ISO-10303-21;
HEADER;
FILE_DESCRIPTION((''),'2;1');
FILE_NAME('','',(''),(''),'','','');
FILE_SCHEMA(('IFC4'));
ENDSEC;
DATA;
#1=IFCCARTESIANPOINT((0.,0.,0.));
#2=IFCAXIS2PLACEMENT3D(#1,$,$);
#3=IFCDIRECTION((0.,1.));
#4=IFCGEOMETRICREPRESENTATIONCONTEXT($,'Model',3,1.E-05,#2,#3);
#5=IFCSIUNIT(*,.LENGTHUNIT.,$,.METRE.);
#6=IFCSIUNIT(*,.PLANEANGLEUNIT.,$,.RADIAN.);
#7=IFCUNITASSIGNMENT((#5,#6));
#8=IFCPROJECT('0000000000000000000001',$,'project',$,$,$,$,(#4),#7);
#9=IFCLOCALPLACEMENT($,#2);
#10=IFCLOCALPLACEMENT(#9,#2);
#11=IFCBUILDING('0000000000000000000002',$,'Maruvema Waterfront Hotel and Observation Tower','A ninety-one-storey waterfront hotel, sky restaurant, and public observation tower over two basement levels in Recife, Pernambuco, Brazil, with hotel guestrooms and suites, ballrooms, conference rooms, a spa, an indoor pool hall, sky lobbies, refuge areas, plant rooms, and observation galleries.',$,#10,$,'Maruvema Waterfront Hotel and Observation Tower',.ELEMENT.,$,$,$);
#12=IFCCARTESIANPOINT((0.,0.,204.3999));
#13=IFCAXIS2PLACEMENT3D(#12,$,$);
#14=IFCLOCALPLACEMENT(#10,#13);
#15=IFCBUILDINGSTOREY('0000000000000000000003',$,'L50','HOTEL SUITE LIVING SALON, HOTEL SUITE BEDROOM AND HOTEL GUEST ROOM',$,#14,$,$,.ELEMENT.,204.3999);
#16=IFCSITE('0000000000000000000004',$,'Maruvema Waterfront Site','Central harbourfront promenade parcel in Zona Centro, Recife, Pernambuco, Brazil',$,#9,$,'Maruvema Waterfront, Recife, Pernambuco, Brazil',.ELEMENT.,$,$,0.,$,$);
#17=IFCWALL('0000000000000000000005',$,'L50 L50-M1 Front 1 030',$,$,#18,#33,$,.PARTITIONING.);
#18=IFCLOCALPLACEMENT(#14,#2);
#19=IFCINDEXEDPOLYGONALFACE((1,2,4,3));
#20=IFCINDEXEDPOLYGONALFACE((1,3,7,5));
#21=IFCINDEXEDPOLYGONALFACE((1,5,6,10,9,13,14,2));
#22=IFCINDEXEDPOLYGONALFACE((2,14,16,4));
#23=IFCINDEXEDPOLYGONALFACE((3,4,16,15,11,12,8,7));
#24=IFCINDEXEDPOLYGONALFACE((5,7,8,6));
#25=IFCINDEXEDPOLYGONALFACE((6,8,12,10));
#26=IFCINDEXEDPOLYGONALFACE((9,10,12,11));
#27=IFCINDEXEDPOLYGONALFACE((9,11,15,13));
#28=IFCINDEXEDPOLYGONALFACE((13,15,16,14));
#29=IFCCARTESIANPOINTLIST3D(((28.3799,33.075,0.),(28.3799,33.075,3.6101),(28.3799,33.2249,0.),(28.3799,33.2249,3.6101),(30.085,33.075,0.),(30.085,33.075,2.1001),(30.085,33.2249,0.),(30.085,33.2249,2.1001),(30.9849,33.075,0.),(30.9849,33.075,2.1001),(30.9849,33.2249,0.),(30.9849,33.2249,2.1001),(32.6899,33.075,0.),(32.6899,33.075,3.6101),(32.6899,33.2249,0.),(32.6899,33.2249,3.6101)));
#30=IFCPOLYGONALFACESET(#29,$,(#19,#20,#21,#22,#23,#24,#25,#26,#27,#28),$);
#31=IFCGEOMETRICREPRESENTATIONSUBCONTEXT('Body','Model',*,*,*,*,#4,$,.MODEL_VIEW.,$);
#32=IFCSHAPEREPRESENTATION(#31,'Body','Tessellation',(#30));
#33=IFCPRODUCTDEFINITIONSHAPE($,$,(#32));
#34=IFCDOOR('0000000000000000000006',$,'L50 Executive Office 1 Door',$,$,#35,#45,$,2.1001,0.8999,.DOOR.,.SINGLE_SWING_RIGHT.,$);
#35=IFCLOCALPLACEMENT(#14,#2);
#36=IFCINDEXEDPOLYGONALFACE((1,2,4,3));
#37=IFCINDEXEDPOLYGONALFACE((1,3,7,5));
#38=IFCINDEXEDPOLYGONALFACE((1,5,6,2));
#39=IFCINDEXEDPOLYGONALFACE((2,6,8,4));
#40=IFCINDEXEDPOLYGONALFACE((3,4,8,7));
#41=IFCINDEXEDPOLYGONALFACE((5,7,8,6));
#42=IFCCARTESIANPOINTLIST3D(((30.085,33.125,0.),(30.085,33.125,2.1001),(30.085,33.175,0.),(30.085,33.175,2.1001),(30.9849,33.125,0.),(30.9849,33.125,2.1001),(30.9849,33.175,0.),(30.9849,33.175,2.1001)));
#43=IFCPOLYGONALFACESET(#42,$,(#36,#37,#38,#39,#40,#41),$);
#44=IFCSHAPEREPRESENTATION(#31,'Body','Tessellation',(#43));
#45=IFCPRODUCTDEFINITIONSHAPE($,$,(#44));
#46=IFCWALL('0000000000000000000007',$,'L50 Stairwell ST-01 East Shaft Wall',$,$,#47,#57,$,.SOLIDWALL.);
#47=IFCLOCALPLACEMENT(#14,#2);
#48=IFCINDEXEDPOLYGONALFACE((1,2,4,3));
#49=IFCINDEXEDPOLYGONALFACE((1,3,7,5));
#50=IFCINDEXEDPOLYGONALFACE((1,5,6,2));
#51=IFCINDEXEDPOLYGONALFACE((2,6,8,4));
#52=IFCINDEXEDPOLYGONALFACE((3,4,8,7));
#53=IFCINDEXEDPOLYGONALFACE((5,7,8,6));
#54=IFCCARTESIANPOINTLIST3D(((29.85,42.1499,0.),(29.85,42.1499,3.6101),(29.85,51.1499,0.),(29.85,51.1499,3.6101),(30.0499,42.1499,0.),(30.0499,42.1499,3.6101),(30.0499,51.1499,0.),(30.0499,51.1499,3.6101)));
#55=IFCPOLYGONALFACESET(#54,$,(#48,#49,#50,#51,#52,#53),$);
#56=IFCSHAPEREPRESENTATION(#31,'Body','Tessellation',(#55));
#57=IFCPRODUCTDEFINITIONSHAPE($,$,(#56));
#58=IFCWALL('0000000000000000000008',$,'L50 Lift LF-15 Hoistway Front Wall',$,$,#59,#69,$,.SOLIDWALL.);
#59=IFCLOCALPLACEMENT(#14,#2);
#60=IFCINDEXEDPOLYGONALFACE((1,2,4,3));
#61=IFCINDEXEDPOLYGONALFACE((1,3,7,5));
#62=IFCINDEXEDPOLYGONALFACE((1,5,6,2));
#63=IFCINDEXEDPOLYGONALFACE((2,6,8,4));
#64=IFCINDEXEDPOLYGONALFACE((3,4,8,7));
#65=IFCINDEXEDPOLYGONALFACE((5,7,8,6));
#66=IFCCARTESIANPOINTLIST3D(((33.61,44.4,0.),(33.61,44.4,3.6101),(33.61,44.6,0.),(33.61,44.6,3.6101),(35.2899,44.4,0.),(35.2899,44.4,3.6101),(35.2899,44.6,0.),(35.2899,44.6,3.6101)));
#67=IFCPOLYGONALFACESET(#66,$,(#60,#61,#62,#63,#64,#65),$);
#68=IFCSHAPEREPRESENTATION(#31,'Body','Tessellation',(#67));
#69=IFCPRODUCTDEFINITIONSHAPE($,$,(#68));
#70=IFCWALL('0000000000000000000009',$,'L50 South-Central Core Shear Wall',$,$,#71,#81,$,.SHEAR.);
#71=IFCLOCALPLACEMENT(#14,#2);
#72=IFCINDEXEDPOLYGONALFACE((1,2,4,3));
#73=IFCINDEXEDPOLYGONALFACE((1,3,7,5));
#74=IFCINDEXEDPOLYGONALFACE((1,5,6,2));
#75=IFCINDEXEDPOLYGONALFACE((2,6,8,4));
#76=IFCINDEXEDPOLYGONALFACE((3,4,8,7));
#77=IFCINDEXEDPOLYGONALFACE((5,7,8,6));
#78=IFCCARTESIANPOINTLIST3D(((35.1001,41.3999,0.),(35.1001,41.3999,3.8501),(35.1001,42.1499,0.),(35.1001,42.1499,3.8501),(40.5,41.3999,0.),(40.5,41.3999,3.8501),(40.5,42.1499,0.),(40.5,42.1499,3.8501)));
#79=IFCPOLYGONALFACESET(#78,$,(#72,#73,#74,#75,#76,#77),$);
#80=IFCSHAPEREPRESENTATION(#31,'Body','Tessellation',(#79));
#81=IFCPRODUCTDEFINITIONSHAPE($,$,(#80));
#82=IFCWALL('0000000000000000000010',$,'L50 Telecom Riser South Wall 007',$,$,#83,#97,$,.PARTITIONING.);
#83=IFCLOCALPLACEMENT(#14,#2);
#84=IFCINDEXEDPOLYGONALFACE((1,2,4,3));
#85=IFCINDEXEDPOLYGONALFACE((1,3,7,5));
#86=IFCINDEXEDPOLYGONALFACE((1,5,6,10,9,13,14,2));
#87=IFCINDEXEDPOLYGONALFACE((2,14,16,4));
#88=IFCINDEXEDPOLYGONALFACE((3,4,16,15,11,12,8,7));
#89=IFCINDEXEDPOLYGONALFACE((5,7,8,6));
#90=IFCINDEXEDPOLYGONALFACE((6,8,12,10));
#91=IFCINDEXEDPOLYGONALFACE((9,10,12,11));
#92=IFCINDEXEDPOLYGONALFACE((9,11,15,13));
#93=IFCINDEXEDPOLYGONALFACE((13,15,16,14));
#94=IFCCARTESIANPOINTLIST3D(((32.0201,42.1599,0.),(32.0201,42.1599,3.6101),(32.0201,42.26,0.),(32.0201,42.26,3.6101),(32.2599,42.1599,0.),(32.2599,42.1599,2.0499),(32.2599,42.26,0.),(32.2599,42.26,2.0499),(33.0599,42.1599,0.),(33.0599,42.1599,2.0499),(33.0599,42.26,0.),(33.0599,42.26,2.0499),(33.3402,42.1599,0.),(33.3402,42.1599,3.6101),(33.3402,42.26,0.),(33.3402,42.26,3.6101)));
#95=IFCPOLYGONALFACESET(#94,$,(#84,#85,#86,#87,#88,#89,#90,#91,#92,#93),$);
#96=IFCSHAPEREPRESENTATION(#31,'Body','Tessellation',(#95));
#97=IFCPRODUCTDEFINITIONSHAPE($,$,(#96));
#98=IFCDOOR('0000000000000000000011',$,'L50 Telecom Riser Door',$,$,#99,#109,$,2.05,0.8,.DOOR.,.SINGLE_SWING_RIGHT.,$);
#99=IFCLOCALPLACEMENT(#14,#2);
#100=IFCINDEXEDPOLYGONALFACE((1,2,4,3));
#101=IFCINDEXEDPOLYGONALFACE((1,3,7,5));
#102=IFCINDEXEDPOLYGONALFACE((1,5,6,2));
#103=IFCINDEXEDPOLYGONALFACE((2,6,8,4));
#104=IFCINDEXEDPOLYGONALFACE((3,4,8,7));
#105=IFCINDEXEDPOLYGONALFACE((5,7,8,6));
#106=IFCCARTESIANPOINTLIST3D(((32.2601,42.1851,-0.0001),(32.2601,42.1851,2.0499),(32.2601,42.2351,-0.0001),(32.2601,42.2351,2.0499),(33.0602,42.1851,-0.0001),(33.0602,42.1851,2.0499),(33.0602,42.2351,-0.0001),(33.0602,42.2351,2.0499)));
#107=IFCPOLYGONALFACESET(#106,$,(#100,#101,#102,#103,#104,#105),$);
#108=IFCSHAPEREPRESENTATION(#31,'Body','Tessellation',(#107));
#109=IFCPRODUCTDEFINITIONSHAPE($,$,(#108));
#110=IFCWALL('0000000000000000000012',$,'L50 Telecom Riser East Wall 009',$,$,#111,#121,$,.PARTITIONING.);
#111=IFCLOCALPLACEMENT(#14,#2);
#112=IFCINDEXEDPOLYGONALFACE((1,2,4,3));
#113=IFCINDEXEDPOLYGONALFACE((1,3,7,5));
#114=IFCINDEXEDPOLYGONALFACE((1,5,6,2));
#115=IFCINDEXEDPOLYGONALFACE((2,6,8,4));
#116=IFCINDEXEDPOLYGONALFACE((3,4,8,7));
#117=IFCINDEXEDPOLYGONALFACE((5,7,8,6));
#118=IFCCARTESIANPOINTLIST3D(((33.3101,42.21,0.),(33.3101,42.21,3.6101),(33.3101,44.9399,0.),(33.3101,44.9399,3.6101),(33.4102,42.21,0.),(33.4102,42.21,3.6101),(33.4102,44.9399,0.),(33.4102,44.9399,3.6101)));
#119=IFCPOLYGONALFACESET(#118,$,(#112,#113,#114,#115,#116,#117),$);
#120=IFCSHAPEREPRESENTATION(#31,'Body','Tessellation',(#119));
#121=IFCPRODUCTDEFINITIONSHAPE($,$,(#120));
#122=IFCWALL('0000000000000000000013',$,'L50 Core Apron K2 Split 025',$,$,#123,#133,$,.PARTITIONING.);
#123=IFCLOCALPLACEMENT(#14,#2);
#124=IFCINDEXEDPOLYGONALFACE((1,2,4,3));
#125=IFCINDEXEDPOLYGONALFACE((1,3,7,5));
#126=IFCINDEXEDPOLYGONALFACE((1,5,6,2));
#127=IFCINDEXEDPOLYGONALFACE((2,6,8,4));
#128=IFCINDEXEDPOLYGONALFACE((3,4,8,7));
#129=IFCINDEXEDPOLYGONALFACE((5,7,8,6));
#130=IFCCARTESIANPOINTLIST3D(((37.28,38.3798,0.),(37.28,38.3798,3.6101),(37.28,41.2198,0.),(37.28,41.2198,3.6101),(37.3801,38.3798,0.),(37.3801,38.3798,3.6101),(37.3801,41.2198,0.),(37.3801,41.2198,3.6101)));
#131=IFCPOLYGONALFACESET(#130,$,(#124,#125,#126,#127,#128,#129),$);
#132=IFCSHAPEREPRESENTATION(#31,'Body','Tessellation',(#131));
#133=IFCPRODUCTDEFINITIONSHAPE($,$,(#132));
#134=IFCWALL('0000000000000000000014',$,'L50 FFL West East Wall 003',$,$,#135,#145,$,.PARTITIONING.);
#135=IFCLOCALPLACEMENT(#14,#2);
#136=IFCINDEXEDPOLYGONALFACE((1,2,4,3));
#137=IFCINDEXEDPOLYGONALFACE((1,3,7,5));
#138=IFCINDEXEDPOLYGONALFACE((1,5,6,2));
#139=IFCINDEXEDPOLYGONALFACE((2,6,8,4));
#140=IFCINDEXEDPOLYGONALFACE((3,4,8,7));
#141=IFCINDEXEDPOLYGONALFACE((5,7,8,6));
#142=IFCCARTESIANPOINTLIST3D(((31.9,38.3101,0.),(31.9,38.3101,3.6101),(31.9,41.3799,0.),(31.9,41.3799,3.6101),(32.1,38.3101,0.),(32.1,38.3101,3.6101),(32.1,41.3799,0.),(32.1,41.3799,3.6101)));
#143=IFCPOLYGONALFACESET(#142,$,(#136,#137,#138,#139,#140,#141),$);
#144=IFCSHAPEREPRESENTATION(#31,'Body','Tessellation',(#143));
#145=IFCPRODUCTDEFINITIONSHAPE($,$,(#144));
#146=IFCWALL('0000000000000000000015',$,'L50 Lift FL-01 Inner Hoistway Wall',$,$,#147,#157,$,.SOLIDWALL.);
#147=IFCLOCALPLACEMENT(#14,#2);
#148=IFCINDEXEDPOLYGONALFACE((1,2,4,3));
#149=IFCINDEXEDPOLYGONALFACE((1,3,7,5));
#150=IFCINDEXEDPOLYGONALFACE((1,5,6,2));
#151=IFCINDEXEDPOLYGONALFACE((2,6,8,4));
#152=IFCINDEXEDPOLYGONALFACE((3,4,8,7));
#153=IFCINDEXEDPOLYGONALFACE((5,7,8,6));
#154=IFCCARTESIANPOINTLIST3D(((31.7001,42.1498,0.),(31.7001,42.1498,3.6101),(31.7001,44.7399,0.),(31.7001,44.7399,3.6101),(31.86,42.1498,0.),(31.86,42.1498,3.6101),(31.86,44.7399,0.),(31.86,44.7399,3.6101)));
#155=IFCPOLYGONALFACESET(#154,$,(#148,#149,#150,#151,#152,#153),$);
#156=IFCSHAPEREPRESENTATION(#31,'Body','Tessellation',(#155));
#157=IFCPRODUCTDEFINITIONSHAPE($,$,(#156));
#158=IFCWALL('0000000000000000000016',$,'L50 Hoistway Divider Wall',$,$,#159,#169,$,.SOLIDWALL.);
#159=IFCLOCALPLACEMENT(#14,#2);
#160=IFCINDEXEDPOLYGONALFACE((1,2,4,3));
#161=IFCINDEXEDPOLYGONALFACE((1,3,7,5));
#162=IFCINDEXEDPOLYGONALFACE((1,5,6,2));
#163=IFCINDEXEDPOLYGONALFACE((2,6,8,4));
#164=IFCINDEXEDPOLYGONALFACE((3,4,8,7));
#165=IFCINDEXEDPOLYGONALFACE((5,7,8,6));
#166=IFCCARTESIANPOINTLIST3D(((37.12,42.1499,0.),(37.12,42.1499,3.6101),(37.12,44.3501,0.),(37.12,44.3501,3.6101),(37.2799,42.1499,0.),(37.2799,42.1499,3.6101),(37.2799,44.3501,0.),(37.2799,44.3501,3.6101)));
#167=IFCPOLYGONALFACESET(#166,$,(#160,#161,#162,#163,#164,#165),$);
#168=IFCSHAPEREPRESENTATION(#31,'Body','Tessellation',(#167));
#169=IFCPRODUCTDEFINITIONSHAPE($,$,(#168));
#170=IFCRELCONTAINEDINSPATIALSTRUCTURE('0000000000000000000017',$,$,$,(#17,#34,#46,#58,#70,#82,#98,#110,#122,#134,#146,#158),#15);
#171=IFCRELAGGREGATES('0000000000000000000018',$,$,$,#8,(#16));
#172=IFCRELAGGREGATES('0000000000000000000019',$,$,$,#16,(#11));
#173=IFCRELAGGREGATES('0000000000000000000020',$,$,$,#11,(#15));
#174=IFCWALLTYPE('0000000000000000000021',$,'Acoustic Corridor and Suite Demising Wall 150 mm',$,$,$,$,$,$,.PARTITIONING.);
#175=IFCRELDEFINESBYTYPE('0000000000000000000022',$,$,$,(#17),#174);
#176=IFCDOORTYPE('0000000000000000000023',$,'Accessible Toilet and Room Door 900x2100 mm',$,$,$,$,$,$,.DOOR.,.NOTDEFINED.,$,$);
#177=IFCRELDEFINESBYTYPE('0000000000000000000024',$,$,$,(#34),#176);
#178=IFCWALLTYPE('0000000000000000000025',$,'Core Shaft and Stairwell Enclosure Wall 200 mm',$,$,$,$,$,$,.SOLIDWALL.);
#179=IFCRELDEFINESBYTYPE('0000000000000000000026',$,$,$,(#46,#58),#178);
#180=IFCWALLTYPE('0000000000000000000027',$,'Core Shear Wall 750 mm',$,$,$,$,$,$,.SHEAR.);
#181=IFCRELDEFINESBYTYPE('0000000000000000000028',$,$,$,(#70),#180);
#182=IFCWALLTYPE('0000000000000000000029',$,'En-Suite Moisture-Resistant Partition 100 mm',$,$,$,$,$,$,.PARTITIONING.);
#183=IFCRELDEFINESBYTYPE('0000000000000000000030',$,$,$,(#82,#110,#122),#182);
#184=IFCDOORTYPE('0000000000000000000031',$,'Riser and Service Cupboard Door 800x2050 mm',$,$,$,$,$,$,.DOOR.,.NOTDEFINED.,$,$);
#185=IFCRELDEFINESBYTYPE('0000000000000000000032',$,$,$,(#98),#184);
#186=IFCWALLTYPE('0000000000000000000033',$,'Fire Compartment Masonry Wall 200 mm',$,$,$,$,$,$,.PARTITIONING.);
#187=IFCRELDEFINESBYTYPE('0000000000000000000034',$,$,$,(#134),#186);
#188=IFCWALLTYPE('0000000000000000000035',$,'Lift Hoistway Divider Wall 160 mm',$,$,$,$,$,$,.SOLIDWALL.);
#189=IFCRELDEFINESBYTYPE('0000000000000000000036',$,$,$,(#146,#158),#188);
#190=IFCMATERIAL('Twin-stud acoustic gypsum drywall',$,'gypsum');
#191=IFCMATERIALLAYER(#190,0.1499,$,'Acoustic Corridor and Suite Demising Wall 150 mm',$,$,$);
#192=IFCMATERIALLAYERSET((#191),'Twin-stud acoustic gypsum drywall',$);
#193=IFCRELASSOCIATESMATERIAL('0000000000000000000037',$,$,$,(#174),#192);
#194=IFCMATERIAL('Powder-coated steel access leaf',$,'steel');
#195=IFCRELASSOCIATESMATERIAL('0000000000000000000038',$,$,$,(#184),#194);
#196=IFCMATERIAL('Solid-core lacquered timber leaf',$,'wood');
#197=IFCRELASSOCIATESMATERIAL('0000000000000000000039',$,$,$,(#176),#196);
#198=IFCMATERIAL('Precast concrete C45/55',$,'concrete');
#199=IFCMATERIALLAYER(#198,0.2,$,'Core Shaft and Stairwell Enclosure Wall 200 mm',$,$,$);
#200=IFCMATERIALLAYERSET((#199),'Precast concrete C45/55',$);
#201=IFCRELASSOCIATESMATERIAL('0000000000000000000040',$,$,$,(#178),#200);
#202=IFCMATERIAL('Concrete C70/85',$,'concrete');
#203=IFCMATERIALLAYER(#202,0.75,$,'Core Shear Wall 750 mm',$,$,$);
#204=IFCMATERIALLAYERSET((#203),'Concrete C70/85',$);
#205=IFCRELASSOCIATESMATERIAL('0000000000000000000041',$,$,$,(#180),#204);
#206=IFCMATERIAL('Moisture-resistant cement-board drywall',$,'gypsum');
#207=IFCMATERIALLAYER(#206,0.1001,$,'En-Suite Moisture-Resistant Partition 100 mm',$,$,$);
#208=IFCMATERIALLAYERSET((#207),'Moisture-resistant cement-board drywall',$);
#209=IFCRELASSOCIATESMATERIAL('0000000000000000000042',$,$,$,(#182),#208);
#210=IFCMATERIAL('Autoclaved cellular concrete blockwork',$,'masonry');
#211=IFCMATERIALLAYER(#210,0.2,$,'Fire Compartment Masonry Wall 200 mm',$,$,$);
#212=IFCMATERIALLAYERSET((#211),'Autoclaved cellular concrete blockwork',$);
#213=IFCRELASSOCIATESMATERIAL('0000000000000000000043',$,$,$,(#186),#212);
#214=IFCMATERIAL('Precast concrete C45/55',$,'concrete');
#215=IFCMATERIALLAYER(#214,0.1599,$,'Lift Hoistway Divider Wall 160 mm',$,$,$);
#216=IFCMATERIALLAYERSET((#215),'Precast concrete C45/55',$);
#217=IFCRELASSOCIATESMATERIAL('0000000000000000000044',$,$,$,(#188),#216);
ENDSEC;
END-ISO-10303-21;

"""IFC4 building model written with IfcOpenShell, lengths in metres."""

from ifc_helpers import new_model, si_unit, direction, frame, frame_2d, origin, place, context, subcontext, project, spatial, rectangle, extrude, material, layer, layer_set, type_object, element, fill, save


model = new_model("IFC4")

# Units and contexts
model_context = context("Model", 3, precision=1e-05, world=origin(), true_north=direction((0.0, 1.0)))
body_context = subcontext(model_context, "Body", "Model", "MODEL_VIEW")
ifc_project = project(units=[si_unit("LENGTHUNIT", "METRE"), si_unit("PLANEANGLEUNIT", "RADIAN")], contexts=[model_context])

# Site, building, storey
site_placement = place(None, origin())
site = spatial("IfcSite", under=ifc_project, at=site_placement, Name="Maruvema Waterfront Site", Description="Central harbourfront promenade parcel in Zona Centro, Recife, Pernambuco, Brazil", LongName="Maruvema Waterfront, Recife, Pernambuco, Brazil", CompositionType="ELEMENT", RefElevation=0.0)
building_placement = place(site_placement, origin())
building = spatial("IfcBuilding", under=site, at=building_placement, Name="Maruvema Waterfront Hotel and Observation Tower", Description="A ninety-one-storey waterfront hotel, sky restaurant, and public observation tower over two basement levels in Recife, Pernambuco, Brazil, with hotel guestrooms and suites, ballrooms, conference rooms, a spa, an indoor pool hall, sky lobbies, refuge areas, plant rooms, and observation galleries.", LongName="Maruvema Waterfront Hotel and Observation Tower", CompositionType="ELEMENT")
storey_placement = place(building_placement, frame((0.0, 0.0, 204.3999)))
storey = spatial("IfcBuildingStorey", under=building, at=storey_placement, Name="L50", Description="HOTEL SUITE LIVING SALON, HOTEL SUITE BEDROOM AND HOTEL GUEST ROOM", CompositionType="ELEMENT", Elevation=204.3999)

# Shared definitions
ifc_material_1 = material(Name="Twin-stud acoustic gypsum drywall", Category="gypsum")
ifc_layer_1 = layer(ifc_material_1, 0.1499, Name="Acoustic Corridor and Suite Demising Wall 150 mm")
ifc_layer_set_1 = layer_set([ifc_layer_1], Name="Twin-stud acoustic gypsum drywall")
wall_type_1 = type_object("IfcWallType", Name="Acoustic Corridor and Suite Demising Wall 150 mm", PredefinedType="PARTITIONING", material=ifc_layer_set_1)
ifc_material_2 = material(Name="Powder-coated steel access leaf", Category="steel")
door_type_1 = type_object("IfcDoorType", Name="Riser and Service Cupboard Door 800x2050 mm", OperationType="NOTDEFINED", PredefinedType="DOOR", material=ifc_material_2)

# Wall, opening, door
wall_1_placement = place(storey_placement, frame((28.3799, 33.1499, 0.0), z_axis=(0.0, 0.0, 1.0), x_axis=(1.0, 0.0, 0.0)))
wall_1 = element("IfcWall", 1, at=wall_1_placement, inside=storey, type_object=wall_type_1, Name="L50 L50-M1 Front 1 030", PredefinedType="PARTITIONING", context=body_context, shape_type="SweptSolid", body=[
    extrude(rectangle(XDim=4.3101, YDim=0.1499, at=frame_2d((2.155, 0.0))), origin(), (0.0, 0.0, 1.0), 3.6101),
])
opening_1_placement = place(wall_1_placement, frame((1.7051, 0.0, 0.0)))
opening_1 = element("IfcOpeningElement", 2, at=opening_1_placement, cuts=wall_1, PredefinedType="OPENING", context=body_context, shape_type="SweptSolid", body=[
    extrude(rectangle(XDim=0.8999, YDim=2.1001, at=frame_2d((0.45, 1.05))), frame((0.0, 0.085, 0.0), z_axis=(0.0, -1.0, 0.0), x_axis=(1.0, 0.0, 0.0)), (0.0, 0.0, 1.0), 0.1699),
])
ifc_material_3 = material(Name="Solid-core lacquered timber leaf", Category="wood")
door_type_2 = type_object("IfcDoorType", Name="Accessible Toilet and Room Door 900x2100 mm", OperationType="NOTDEFINED", PredefinedType="DOOR", material=ifc_material_3)
door_1_placement = place(opening_1_placement, frame((0.8999, 0.0, 0.0), z_axis=(0.0, 0.0, 1.0), x_axis=(-1.0, 0.0, 0.0)))
door_1 = element("IfcDoor", 3, at=door_1_placement, inside=storey, type_object=door_type_2, Name="L50 Executive Office 1 Door", OperationType="SINGLE_SWING_RIGHT", OverallHeight=2.1001, OverallWidth=0.8999, PredefinedType="DOOR", context=body_context, shape_type="SweptSolid", body=[
    extrude(rectangle(XDim=0.8999, YDim=2.1001, at=frame_2d((0.45, 1.05))), frame((0.0, 0.0249, 0.0), z_axis=(0.0, -1.0, 0.0), x_axis=(1.0, 0.0, 0.0)), (0.0, 0.0, 1.0), 0.05),
])
fill(opening_1, door_1)

# Walls
ifc_material_4 = material(Name="Precast concrete C45/55", Category="concrete")
ifc_layer_2 = layer(ifc_material_4, 0.2, Name="Core Shaft and Stairwell Enclosure Wall 200 mm")
ifc_layer_set_2 = layer_set([ifc_layer_2], Name="Precast concrete C45/55")
wall_type_2 = type_object("IfcWallType", Name="Core Shaft and Stairwell Enclosure Wall 200 mm", PredefinedType="SOLIDWALL", material=ifc_layer_set_2)
wall_2_placement = place(storey_placement, frame((29.95, 42.1499, 0.0), z_axis=(0.0, 0.0, 1.0), x_axis=(0.0, 1.0, 0.0)))
element("IfcWall", 4, at=wall_2_placement, inside=storey, type_object=wall_type_2, Name="L50 Stairwell ST-01 East Shaft Wall", PredefinedType="SOLIDWALL", context=body_context, shape_type="SweptSolid", body=[
    extrude(rectangle(XDim=9.0, YDim=0.2, at=frame_2d((4.5, 0.0))), origin(), (0.0, 0.0, 1.0), 3.6101),
])
wall_3_placement = place(storey_placement, frame((33.6101, 44.5, 0.0), z_axis=(0.0, 0.0, 1.0), x_axis=(1.0, 0.0, 0.0)))
element("IfcWall", 5, at=wall_3_placement, inside=storey, type_object=wall_type_2, Name="L50 Lift LF-15 Hoistway Front Wall", PredefinedType="SOLIDWALL", context=body_context, shape_type="SweptSolid", body=[
    extrude(rectangle(XDim=1.6799, YDim=0.2, at=frame_2d((0.8398, 0.0))), origin(), (0.0, 0.0, 1.0), 3.6101),
])
ifc_material_5 = material(Name="Concrete C70/85", Category="concrete")
ifc_layer_3 = layer(ifc_material_5, 0.75, Name="Core Shear Wall 750 mm")
ifc_layer_set_3 = layer_set([ifc_layer_3], Name="Concrete C70/85")
wall_type_3 = type_object("IfcWallType", Name="Core Shear Wall 750 mm", PredefinedType="SHEAR", material=ifc_layer_set_3)
wall_4_placement = place(storey_placement, frame((35.1001, 41.7749, 0.0), z_axis=(0.0, 0.0, 1.0), x_axis=(1.0, 0.0, 0.0)))
element("IfcWall", 6, at=wall_4_placement, inside=storey, type_object=wall_type_3, Name="L50 South-Central Core Shear Wall", PredefinedType="SHEAR", context=body_context, shape_type="SweptSolid", body=[
    extrude(rectangle(XDim=5.3999, YDim=0.75, at=frame_2d((2.7, 0.0))), origin(), (0.0, 0.0, 1.0), 3.8501),
])

# Wall, opening, door
ifc_material_6 = material(Name="Moisture-resistant cement-board drywall", Category="gypsum")
ifc_layer_4 = layer(ifc_material_6, 0.1001, Name="En-Suite Moisture-Resistant Partition 100 mm")
ifc_layer_set_4 = layer_set([ifc_layer_4], Name="Moisture-resistant cement-board drywall")
wall_type_4 = type_object("IfcWallType", Name="En-Suite Moisture-Resistant Partition 100 mm", PredefinedType="PARTITIONING", material=ifc_layer_set_4)
wall_5_placement = place(storey_placement, frame((32.02, 42.21, 0.0), z_axis=(0.0, 0.0, 1.0), x_axis=(1.0, 0.0, 0.0)))
wall_5 = element("IfcWall", 7, at=wall_5_placement, inside=storey, type_object=wall_type_4, Name="L50 Telecom Riser South Wall 007", PredefinedType="PARTITIONING", context=body_context, shape_type="SweptSolid", body=[
    extrude(rectangle(XDim=1.3201, YDim=0.1001, at=frame_2d((0.6602, 0.0))), origin(), (0.0, 0.0, 1.0), 3.6101),
])
opening_2_placement = place(wall_5_placement, frame((0.24, 0.0, 0.0)))
opening_2 = element("IfcOpeningElement", 8, at=opening_2_placement, cuts=wall_5, PredefinedType="OPENING", context=body_context, shape_type="SweptSolid", body=[
    extrude(rectangle(XDim=0.8, YDim=2.05, at=frame_2d((0.3999, 1.0249))), frame((0.0, 0.0601, 0.0), z_axis=(0.0, -1.0, 0.0), x_axis=(1.0, 0.0, 0.0)), (0.0, 0.0, 1.0), 0.1201),
])
door_2_placement = place(opening_2_placement, frame((0.8, 0.0, 0.0), z_axis=(0.0, 0.0, 1.0), x_axis=(-1.0, 0.0, 0.0)))
door_2 = element("IfcDoor", 9, at=door_2_placement, inside=storey, type_object=door_type_1, Name="L50 Telecom Riser Door", OperationType="SINGLE_SWING_RIGHT", OverallHeight=2.05, OverallWidth=0.8, PredefinedType="DOOR", context=body_context, shape_type="SweptSolid", body=[
    extrude(rectangle(XDim=0.8, YDim=2.05, at=frame_2d((0.3999, 1.0249))), frame((0.0, 0.0249, 0.0), z_axis=(0.0, -1.0, 0.0), x_axis=(1.0, 0.0, 0.0)), (0.0, 0.0, 1.0), 0.05),
])
fill(opening_2, door_2)

# Walls
wall_6_placement = place(storey_placement, frame((33.3601, 42.21, 0.0), z_axis=(0.0, 0.0, 1.0), x_axis=(0.0, 1.0, 0.0)))
element("IfcWall", 10, at=wall_6_placement, inside=storey, type_object=wall_type_4, Name="L50 Telecom Riser East Wall 009", PredefinedType="PARTITIONING", context=body_context, shape_type="SweptSolid", body=[
    extrude(rectangle(XDim=2.73, YDim=0.1001, at=frame_2d((1.365, 0.0))), origin(), (0.0, 0.0, 1.0), 3.6101),
])
wall_7_placement = place(storey_placement, frame((37.3301, 38.3799, 0.0), z_axis=(0.0, 0.0, 1.0), x_axis=(0.0, 1.0, 0.0)))
element("IfcWall", 11, at=wall_7_placement, inside=storey, type_object=wall_type_4, Name="L50 Core Apron K2 Split 025", PredefinedType="PARTITIONING", context=body_context, shape_type="SweptSolid", body=[
    extrude(rectangle(XDim=2.8401, YDim=0.1001, at=frame_2d((1.4199, 0.0))), origin(), (0.0, 0.0, 1.0), 3.6101),
])
ifc_material_7 = material(Name="Autoclaved cellular concrete blockwork", Category="masonry")
ifc_layer_5 = layer(ifc_material_7, 0.2, Name="Fire Compartment Masonry Wall 200 mm")
ifc_layer_set_5 = layer_set([ifc_layer_5], Name="Autoclaved cellular concrete blockwork")
wall_type_5 = type_object("IfcWallType", Name="Fire Compartment Masonry Wall 200 mm", PredefinedType="PARTITIONING", material=ifc_layer_set_5)
wall_8_placement = place(storey_placement, frame((32.0, 38.3101, 0.0), z_axis=(0.0, 0.0, 1.0), x_axis=(0.0, 1.0, 0.0)))
element("IfcWall", 12, at=wall_8_placement, inside=storey, type_object=wall_type_5, Name="L50 FFL West East Wall 003", PredefinedType="PARTITIONING", context=body_context, shape_type="SweptSolid", body=[
    extrude(rectangle(XDim=3.0698, YDim=0.2, at=frame_2d((1.5349, 0.0))), origin(), (0.0, 0.0, 1.0), 3.6101),
])
ifc_material_8 = material(Name="Precast concrete C45/55", Category="concrete")
ifc_layer_6 = layer(ifc_material_8, 0.1599, Name="Lift Hoistway Divider Wall 160 mm")
ifc_layer_set_6 = layer_set([ifc_layer_6], Name="Precast concrete C45/55")
wall_type_6 = type_object("IfcWallType", Name="Lift Hoistway Divider Wall 160 mm", PredefinedType="SOLIDWALL", material=ifc_layer_set_6)
wall_9_placement = place(storey_placement, frame((31.78, 42.1499, 0.0), z_axis=(0.0, 0.0, 1.0), x_axis=(0.0, 1.0, 0.0)))
element("IfcWall", 13, at=wall_9_placement, inside=storey, type_object=wall_type_6, Name="L50 Lift FL-01 Inner Hoistway Wall", PredefinedType="SOLIDWALL", context=body_context, shape_type="SweptSolid", body=[
    extrude(rectangle(XDim=2.5901, YDim=0.1599, at=frame_2d((1.2949, 0.0))), origin(), (0.0, 0.0, 1.0), 3.6101),
])
wall_10_placement = place(storey_placement, frame((37.2, 42.1499, 0.0), z_axis=(0.0, 0.0, 1.0), x_axis=(0.0, 1.0, 0.0)))
element("IfcWall", 14, at=wall_10_placement, inside=storey, type_object=wall_type_6, Name="L50 Hoistway Divider Wall", PredefinedType="SOLIDWALL", context=body_context, shape_type="SweptSolid", body=[
    extrude(rectangle(XDim=2.2002, YDim=0.1599, at=frame_2d((1.1001, 0.0))), origin(), (0.0, 0.0, 1.0), 3.6101),
])

save(model, "model.ifc")
